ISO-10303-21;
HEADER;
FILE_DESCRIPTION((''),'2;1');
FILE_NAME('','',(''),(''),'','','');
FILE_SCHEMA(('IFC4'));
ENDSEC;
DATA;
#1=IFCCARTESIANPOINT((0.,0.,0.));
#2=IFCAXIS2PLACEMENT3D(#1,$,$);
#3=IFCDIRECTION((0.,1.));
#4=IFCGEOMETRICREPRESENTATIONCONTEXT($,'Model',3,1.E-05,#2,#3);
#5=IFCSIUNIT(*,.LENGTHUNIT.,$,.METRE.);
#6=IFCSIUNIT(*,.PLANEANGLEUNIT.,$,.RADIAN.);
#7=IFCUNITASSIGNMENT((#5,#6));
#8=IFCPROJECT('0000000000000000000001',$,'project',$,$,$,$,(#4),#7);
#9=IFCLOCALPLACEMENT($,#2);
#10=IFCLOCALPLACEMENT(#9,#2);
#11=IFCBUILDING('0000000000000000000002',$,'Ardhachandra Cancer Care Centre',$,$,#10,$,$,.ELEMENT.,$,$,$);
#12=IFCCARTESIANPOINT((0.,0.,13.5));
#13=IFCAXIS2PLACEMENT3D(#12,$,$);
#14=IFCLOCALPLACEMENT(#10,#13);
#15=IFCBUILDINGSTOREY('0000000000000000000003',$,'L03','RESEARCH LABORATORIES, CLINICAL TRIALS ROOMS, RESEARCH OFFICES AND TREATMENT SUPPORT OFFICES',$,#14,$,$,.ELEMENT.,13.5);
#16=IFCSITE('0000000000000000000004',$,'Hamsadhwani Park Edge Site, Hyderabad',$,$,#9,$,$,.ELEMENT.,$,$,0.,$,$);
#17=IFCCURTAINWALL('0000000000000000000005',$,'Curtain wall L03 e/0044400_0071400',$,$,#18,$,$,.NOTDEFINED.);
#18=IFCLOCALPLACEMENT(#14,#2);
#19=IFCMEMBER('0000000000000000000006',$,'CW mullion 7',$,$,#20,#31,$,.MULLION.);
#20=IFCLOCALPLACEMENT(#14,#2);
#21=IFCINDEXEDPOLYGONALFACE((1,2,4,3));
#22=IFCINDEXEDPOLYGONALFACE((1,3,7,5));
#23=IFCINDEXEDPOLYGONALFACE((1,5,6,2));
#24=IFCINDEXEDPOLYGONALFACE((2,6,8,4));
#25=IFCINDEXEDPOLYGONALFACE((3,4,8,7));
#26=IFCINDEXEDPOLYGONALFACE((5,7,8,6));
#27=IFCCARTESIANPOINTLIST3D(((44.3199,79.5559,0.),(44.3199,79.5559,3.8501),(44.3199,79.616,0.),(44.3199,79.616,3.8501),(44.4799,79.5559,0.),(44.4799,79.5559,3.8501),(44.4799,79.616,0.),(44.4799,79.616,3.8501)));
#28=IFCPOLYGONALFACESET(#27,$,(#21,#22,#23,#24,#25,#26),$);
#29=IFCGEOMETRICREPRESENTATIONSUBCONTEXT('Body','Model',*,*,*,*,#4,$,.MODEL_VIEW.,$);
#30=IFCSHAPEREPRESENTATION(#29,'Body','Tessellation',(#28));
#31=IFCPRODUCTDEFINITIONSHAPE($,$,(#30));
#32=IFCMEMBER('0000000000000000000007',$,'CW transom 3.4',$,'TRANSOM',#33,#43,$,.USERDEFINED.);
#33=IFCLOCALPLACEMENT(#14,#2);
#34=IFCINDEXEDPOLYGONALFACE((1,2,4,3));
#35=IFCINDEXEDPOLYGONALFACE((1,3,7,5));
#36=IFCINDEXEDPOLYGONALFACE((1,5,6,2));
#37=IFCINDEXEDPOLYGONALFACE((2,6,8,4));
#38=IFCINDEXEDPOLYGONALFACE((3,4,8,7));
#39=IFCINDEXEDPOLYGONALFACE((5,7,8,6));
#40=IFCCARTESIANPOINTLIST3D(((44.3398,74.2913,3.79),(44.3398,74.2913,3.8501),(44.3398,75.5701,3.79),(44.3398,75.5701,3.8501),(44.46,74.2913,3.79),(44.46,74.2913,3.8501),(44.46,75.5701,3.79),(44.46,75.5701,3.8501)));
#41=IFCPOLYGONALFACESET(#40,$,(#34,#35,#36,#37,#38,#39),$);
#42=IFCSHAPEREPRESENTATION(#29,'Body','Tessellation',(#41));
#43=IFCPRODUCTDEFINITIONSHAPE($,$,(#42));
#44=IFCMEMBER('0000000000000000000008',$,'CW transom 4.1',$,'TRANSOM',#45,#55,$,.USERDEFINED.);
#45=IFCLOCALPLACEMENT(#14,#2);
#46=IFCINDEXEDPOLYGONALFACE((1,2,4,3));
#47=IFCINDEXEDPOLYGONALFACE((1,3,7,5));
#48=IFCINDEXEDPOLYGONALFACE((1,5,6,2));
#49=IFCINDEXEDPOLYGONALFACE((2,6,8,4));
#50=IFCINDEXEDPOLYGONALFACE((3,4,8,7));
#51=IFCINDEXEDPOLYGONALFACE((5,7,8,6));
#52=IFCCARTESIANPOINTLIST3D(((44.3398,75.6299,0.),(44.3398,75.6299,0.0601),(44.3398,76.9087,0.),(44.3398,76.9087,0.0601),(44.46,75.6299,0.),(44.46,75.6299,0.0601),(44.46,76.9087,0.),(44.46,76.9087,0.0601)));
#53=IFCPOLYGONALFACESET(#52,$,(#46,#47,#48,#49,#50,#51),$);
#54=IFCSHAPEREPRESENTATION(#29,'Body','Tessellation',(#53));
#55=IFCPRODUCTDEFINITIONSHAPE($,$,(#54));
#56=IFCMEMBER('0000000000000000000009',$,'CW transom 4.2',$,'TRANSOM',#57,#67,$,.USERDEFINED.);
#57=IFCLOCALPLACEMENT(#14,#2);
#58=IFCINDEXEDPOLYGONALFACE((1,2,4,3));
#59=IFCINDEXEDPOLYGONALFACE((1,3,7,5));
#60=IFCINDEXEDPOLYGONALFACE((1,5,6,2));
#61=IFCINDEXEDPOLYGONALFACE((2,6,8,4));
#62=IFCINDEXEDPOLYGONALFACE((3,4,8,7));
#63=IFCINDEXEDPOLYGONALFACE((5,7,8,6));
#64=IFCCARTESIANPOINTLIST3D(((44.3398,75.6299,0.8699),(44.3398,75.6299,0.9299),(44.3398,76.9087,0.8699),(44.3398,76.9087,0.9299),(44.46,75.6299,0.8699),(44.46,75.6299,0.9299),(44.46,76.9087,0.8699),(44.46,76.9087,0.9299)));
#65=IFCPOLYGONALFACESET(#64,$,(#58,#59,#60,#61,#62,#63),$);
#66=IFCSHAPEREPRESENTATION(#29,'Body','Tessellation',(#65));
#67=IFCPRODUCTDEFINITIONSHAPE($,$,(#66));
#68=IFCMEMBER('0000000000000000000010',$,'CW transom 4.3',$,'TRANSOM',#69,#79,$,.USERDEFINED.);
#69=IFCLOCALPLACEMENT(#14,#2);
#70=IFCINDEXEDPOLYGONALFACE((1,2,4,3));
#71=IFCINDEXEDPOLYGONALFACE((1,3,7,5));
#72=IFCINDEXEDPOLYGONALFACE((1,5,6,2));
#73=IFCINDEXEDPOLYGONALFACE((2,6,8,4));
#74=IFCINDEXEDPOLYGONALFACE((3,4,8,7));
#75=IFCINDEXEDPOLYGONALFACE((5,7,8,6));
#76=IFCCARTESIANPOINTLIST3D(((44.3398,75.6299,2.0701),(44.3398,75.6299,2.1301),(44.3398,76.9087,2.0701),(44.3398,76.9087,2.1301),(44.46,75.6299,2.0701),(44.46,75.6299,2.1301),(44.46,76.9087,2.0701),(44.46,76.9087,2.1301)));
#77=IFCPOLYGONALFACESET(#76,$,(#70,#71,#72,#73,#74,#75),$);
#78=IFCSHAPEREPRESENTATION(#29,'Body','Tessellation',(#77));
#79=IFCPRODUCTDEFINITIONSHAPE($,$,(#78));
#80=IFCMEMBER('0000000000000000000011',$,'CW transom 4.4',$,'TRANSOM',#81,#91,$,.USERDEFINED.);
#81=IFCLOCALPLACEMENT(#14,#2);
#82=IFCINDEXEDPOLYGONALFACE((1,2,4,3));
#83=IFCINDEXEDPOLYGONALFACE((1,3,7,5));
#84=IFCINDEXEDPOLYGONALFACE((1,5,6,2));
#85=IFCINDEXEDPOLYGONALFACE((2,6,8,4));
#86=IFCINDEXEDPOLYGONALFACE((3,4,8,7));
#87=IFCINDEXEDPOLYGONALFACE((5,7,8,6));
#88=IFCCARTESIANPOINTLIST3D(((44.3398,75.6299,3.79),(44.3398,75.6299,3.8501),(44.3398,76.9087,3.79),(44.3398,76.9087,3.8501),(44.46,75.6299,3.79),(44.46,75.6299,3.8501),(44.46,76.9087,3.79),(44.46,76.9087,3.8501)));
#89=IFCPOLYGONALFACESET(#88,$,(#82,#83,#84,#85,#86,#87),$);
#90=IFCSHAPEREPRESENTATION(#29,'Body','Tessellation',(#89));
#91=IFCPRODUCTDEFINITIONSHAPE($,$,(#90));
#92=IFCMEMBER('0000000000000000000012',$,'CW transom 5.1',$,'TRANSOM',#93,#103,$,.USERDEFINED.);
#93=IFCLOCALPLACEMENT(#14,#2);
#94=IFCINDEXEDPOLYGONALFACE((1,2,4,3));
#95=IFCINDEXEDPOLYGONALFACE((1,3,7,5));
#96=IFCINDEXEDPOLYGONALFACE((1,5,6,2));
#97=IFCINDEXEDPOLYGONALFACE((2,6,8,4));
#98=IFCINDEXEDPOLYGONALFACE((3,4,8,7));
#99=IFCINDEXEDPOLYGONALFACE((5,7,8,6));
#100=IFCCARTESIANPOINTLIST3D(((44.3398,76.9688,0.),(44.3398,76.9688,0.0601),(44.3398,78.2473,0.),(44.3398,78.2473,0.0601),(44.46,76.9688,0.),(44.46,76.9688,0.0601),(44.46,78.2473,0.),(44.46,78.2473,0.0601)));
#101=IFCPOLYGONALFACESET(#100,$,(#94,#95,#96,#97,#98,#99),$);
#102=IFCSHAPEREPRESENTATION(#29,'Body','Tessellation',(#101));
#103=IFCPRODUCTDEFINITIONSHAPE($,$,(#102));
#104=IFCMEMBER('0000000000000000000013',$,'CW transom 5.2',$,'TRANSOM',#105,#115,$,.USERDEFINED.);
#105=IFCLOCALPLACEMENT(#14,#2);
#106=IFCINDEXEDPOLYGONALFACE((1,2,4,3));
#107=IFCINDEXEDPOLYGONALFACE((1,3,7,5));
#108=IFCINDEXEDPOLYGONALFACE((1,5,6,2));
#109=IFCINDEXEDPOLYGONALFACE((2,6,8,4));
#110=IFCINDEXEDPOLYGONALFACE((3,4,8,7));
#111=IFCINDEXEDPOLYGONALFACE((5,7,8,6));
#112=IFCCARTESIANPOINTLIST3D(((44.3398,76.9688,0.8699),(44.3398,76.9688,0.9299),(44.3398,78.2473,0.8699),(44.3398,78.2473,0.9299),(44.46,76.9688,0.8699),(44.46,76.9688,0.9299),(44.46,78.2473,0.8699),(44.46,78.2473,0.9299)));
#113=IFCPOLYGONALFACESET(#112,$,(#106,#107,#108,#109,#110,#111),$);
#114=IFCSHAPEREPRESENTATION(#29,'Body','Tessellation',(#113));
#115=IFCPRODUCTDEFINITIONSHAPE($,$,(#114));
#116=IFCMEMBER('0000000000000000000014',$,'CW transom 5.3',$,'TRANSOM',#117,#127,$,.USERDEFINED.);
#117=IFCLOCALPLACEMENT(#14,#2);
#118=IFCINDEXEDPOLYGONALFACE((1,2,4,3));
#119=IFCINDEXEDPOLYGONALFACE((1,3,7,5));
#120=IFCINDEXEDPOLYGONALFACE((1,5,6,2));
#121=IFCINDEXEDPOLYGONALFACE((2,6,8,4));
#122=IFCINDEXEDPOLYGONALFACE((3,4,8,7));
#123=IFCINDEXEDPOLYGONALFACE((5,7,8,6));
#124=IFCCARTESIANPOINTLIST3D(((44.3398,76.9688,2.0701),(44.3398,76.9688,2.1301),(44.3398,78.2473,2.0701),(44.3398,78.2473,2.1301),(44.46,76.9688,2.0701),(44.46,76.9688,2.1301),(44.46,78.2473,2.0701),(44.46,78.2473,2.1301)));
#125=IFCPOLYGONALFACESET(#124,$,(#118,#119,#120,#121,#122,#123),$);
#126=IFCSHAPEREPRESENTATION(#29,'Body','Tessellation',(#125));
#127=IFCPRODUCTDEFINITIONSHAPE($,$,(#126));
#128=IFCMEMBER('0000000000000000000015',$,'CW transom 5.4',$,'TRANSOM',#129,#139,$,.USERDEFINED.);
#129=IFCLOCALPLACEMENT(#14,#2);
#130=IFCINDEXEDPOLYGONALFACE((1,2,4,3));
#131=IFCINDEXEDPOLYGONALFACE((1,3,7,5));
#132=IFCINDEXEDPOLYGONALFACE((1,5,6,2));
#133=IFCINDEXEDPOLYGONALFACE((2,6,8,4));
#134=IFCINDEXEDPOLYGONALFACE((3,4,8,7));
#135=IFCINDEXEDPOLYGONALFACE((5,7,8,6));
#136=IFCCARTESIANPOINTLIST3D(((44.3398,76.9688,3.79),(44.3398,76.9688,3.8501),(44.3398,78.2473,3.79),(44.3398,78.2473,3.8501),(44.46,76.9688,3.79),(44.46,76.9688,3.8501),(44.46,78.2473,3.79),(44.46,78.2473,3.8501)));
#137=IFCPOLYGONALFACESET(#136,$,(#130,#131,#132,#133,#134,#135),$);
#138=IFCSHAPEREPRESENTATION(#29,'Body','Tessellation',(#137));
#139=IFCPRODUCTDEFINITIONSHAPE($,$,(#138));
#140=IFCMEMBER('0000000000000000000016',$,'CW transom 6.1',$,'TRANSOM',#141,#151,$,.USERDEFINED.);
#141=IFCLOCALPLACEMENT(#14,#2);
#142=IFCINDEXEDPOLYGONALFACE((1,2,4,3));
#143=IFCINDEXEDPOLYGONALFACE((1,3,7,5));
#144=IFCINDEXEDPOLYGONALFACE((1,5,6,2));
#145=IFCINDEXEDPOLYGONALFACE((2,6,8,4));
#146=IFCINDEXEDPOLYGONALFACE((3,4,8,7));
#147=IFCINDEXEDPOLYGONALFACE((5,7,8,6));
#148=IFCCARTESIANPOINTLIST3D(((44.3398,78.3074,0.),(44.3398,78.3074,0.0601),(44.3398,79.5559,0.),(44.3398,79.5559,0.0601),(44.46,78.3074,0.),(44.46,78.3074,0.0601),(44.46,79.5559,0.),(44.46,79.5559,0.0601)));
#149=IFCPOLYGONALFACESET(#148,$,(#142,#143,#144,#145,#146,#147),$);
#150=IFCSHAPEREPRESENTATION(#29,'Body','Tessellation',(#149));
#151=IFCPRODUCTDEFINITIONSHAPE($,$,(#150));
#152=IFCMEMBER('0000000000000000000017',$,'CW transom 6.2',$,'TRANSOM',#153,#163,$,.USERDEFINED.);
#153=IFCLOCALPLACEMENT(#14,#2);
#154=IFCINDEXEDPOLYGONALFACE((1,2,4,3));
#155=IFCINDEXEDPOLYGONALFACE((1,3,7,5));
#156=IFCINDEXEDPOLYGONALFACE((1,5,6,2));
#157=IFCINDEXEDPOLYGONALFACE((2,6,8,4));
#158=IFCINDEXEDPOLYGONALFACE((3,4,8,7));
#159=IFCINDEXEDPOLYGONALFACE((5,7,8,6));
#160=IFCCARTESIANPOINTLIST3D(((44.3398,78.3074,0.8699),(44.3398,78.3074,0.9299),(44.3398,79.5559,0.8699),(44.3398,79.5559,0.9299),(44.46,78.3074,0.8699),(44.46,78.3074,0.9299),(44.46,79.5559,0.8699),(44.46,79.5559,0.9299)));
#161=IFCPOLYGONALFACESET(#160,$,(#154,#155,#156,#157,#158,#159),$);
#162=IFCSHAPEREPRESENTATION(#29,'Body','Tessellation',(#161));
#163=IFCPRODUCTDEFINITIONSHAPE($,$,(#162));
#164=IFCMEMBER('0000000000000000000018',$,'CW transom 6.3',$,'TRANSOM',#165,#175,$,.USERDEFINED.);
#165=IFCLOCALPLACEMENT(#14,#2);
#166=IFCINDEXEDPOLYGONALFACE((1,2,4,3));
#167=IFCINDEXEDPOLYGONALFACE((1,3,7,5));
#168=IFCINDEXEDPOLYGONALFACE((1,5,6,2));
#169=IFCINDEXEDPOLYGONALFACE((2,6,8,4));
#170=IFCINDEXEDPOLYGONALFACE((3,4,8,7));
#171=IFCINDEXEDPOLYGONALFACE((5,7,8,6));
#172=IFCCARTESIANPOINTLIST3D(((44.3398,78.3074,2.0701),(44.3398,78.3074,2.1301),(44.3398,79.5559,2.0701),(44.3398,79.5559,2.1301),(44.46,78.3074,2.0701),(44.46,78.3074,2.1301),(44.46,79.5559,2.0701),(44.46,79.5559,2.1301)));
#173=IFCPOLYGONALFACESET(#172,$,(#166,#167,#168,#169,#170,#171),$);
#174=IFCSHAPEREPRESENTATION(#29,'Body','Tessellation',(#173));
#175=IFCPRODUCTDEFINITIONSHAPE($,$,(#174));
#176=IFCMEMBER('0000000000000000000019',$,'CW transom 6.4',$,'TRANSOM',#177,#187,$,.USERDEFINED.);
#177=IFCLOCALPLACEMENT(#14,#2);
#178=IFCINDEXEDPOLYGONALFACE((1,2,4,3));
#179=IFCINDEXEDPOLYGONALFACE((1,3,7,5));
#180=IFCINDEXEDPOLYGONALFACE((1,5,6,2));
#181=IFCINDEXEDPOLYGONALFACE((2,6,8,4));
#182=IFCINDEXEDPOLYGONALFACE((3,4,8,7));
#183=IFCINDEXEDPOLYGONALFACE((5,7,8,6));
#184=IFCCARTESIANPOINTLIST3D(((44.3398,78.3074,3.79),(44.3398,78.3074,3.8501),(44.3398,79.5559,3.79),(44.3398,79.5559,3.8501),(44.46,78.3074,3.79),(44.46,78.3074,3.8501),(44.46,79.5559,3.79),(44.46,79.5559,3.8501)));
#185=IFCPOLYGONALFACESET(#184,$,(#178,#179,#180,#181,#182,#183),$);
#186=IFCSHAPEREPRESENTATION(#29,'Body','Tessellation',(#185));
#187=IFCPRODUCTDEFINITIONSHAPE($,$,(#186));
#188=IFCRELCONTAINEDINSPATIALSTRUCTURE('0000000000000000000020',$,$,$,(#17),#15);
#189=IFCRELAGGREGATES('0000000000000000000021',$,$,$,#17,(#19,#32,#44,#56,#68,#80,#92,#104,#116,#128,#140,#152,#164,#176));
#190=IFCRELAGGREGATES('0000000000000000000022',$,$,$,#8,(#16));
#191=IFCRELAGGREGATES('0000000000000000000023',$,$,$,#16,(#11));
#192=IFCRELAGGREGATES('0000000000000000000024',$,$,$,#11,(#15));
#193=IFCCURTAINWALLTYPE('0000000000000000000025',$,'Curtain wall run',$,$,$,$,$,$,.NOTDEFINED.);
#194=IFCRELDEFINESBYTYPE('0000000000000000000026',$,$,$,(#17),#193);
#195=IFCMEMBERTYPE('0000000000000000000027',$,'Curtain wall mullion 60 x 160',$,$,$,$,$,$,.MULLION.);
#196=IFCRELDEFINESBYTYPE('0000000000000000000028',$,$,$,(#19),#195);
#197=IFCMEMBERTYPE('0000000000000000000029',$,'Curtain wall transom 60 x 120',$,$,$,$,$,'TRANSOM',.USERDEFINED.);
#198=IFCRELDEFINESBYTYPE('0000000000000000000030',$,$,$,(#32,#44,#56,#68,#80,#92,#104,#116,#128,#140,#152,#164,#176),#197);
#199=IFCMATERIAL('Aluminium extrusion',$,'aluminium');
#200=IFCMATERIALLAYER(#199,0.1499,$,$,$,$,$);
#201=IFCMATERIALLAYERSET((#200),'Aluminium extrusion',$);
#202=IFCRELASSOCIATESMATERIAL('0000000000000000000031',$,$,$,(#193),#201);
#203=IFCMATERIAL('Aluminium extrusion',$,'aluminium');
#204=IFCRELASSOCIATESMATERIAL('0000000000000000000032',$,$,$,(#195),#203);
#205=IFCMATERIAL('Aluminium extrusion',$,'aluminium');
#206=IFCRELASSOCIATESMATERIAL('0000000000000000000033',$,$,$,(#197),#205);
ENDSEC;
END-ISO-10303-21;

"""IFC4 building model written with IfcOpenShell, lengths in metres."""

from ifc_helpers import new_model, si_unit, direction, frame, origin, origin_2d, place, context, subcontext, project, spatial, rectangle, extrude, material, layer, layer_set, material_profile, profile_set, type_object, element, aggregate, save


model = new_model("IFC4")

# Units and contexts
model_context = context("Model", 3, precision=1e-05, world=origin(), true_north=direction((0.0, 1.0)))
body_context = subcontext(model_context, "Body", "Model", "MODEL_VIEW")
ifc_project = project(units=[si_unit("LENGTHUNIT", "METRE"), si_unit("PLANEANGLEUNIT", "RADIAN")], contexts=[model_context])

# Site, building, storey
site_placement = place(None, origin())
site = spatial("IfcSite", under=ifc_project, at=site_placement, Name="Hamsadhwani Park Edge Site, Hyderabad", CompositionType="ELEMENT", RefElevation=0.0)
building_placement = place(site_placement, origin())
building = spatial("IfcBuilding", under=site, at=building_placement, Name="Ardhachandra Cancer Care Centre", CompositionType="ELEMENT")
storey_placement = place(building_placement, frame((0.0, 0.0, 13.5)))
storey = spatial("IfcBuildingStorey", under=building, at=storey_placement, Name="L03", Description="RESEARCH LABORATORIES, CLINICAL TRIALS ROOMS, RESEARCH OFFICES AND TREATMENT SUPPORT OFFICES", CompositionType="ELEMENT", Elevation=13.5)

# Curtain wall, members
ifc_material_1 = material(Name="Aluminium extrusion", Category="aluminium")
ifc_layer_1 = layer(ifc_material_1, 0.1499)
ifc_layer_set_1 = layer_set([ifc_layer_1], Name="Aluminium extrusion")
curtain_wall_type = type_object("IfcCurtainWallType", Name="Curtain wall run", PredefinedType="NOTDEFINED", material=ifc_layer_set_1)
curtain_wall_placement = place(storey_placement, origin())
curtain_wall = element("IfcCurtainWall", 1, at=curtain_wall_placement, inside=storey, type_object=curtain_wall_type, Name="Curtain wall L03 e/0044400_0071400", PredefinedType="NOTDEFINED")
ifc_material_2 = material(Name="Aluminium extrusion", Category="aluminium")
ifc_material_profile_1 = material_profile(ifc_material_2, rectangle(XDim=0.1599, YDim=0.0601, at=origin_2d()), Name="Curtain wall mullion 60 x 160")
ifc_profile_set_1 = profile_set([ifc_material_profile_1], Name="Aluminium extrusion")
member_type_1 = type_object("IfcMemberType", Name="Curtain wall mullion 60 x 160", PredefinedType="MULLION", material=ifc_profile_set_1)
member_1_placement = place(storey_placement, frame((44.3999, 79.5859, 0.0), z_axis=(0.0, 0.0, 1.0), x_axis=(-1.0, 0.0, 0.0)))
member_1 = element("IfcMember", 2, at=member_1_placement, type_object=member_type_1, Name="CW mullion 7", PredefinedType="MULLION", context=body_context, shape_type="SweptSolid", body=[
    extrude(rectangle(XDim=0.1599, YDim=0.0601, at=origin_2d()), origin(), (0.0, 0.0, 1.0), 3.8501),
])
ifc_material_3 = material(Name="Aluminium extrusion", Category="aluminium")
ifc_material_profile_2 = material_profile(ifc_material_3, rectangle(XDim=0.1201, YDim=0.0601, at=origin_2d()), Name="Curtain wall transom 60 x 120")
ifc_profile_set_2 = profile_set([ifc_material_profile_2], Name="Aluminium extrusion")
member_type_2 = type_object("IfcMemberType", Name="Curtain wall transom 60 x 120", ElementType="TRANSOM", PredefinedType="USERDEFINED", material=ifc_profile_set_2)
member_2_placement = place(storey_placement, frame((44.3999, 74.2913, 3.8201), z_axis=(0.0, 1.0, 0.0), x_axis=(-1.0, 0.0, 0.0)))
member_2 = element("IfcMember", 3, at=member_2_placement, type_object=member_type_2, Name="CW transom 3.4", ObjectType="TRANSOM", PredefinedType="USERDEFINED", context=body_context, shape_type="SweptSolid", body=[
    extrude(rectangle(XDim=0.1201, YDim=0.0601, at=origin_2d()), origin(), (0.0, 0.0, 1.0), 1.2788),
])
member_3_placement = place(storey_placement, frame((44.3999, 75.6299, 0.03), z_axis=(0.0, 1.0, 0.0), x_axis=(-1.0, 0.0, 0.0)))
member_3 = element("IfcMember", 4, at=member_3_placement, type_object=member_type_2, Name="CW transom 4.1", ObjectType="TRANSOM", PredefinedType="USERDEFINED", context=body_context, shape_type="SweptSolid", body=[
    extrude(rectangle(XDim=0.1201, YDim=0.0601, at=origin_2d()), origin(), (0.0, 0.0, 1.0), 1.2788),
])
member_4_placement = place(storey_placement, frame((44.3999, 75.6299, 0.8999), z_axis=(0.0, 1.0, 0.0), x_axis=(-1.0, 0.0, 0.0)))
member_4 = element("IfcMember", 5, at=member_4_placement, type_object=member_type_2, Name="CW transom 4.2", ObjectType="TRANSOM", PredefinedType="USERDEFINED", context=body_context, shape_type="SweptSolid", body=[
    extrude(rectangle(XDim=0.1201, YDim=0.0601, at=origin_2d()), origin(), (0.0, 0.0, 1.0), 1.2788),
])
member_5_placement = place(storey_placement, frame((44.3999, 75.6299, 2.1001), z_axis=(0.0, 1.0, 0.0), x_axis=(-1.0, 0.0, 0.0)))
member_5 = element("IfcMember", 6, at=member_5_placement, type_object=member_type_2, Name="CW transom 4.3", ObjectType="TRANSOM", PredefinedType="USERDEFINED", context=body_context, shape_type="SweptSolid", body=[
    extrude(rectangle(XDim=0.1201, YDim=0.0601, at=origin_2d()), origin(), (0.0, 0.0, 1.0), 1.2788),
])
member_6_placement = place(storey_placement, frame((44.3999, 75.6299, 3.8201), z_axis=(0.0, 1.0, 0.0), x_axis=(-1.0, 0.0, 0.0)))
member_6 = element("IfcMember", 7, at=member_6_placement, type_object=member_type_2, Name="CW transom 4.4", ObjectType="TRANSOM", PredefinedType="USERDEFINED", context=body_context, shape_type="SweptSolid", body=[
    extrude(rectangle(XDim=0.1201, YDim=0.0601, at=origin_2d()), origin(), (0.0, 0.0, 1.0), 1.2788),
])
member_7_placement = place(storey_placement, frame((44.3999, 76.9688, 0.03), z_axis=(0.0, 1.0, 0.0), x_axis=(-1.0, 0.0, 0.0)))
member_7 = element("IfcMember", 8, at=member_7_placement, type_object=member_type_2, Name="CW transom 5.1", ObjectType="TRANSOM", PredefinedType="USERDEFINED", context=body_context, shape_type="SweptSolid", body=[
    extrude(rectangle(XDim=0.1201, YDim=0.0601, at=origin_2d()), origin(), (0.0, 0.0, 1.0), 1.2786),
])
member_8_placement = place(storey_placement, frame((44.3999, 76.9688, 0.8999), z_axis=(0.0, 1.0, 0.0), x_axis=(-1.0, 0.0, 0.0)))
member_8 = element("IfcMember", 9, at=member_8_placement, type_object=member_type_2, Name="CW transom 5.2", ObjectType="TRANSOM", PredefinedType="USERDEFINED", context=body_context, shape_type="SweptSolid", body=[
    extrude(rectangle(XDim=0.1201, YDim=0.0601, at=origin_2d()), origin(), (0.0, 0.0, 1.0), 1.2786),
])
member_9_placement = place(storey_placement, frame((44.3999, 76.9688, 2.1001), z_axis=(0.0, 1.0, 0.0), x_axis=(-1.0, 0.0, 0.0)))
member_9 = element("IfcMember", 10, at=member_9_placement, type_object=member_type_2, Name="CW transom 5.3", ObjectType="TRANSOM", PredefinedType="USERDEFINED", context=body_context, shape_type="SweptSolid", body=[
    extrude(rectangle(XDim=0.1201, YDim=0.0601, at=origin_2d()), origin(), (0.0, 0.0, 1.0), 1.2786),
])
member_10_placement = place(storey_placement, frame((44.3999, 76.9688, 3.8201), z_axis=(0.0, 1.0, 0.0), x_axis=(-1.0, 0.0, 0.0)))
member_10 = element("IfcMember", 11, at=member_10_placement, type_object=member_type_2, Name="CW transom 5.4", ObjectType="TRANSOM", PredefinedType="USERDEFINED", context=body_context, shape_type="SweptSolid", body=[
    extrude(rectangle(XDim=0.1201, YDim=0.0601, at=origin_2d()), origin(), (0.0, 0.0, 1.0), 1.2786),
])
member_11_placement = place(storey_placement, frame((44.3999, 78.3074, 0.03), z_axis=(0.0, 1.0, 0.0), x_axis=(-1.0, 0.0, 0.0)))
member_11 = element("IfcMember", 12, at=member_11_placement, type_object=member_type_2, Name="CW transom 6.1", ObjectType="TRANSOM", PredefinedType="USERDEFINED", context=body_context, shape_type="SweptSolid", body=[
    extrude(rectangle(XDim=0.1201, YDim=0.0601, at=origin_2d()), origin(), (0.0, 0.0, 1.0), 1.2485),
])
member_12_placement = place(storey_placement, frame((44.3999, 78.3074, 0.8999), z_axis=(0.0, 1.0, 0.0), x_axis=(-1.0, 0.0, 0.0)))
member_12 = element("IfcMember", 13, at=member_12_placement, type_object=member_type_2, Name="CW transom 6.2", ObjectType="TRANSOM", PredefinedType="USERDEFINED", context=body_context, shape_type="SweptSolid", body=[
    extrude(rectangle(XDim=0.1201, YDim=0.0601, at=origin_2d()), origin(), (0.0, 0.0, 1.0), 1.2485),
])
member_13_placement = place(storey_placement, frame((44.3999, 78.3074, 2.1001), z_axis=(0.0, 1.0, 0.0), x_axis=(-1.0, 0.0, 0.0)))
member_13 = element("IfcMember", 14, at=member_13_placement, type_object=member_type_2, Name="CW transom 6.3", ObjectType="TRANSOM", PredefinedType="USERDEFINED", context=body_context, shape_type="SweptSolid", body=[
    extrude(rectangle(XDim=0.1201, YDim=0.0601, at=origin_2d()), origin(), (0.0, 0.0, 1.0), 1.2485),
])
member_14_placement = place(storey_placement, frame((44.3999, 78.3074, 3.8201), z_axis=(0.0, 1.0, 0.0), x_axis=(-1.0, 0.0, 0.0)))
member_14 = element("IfcMember", 15, at=member_14_placement, type_object=member_type_2, Name="CW transom 6.4", ObjectType="TRANSOM", PredefinedType="USERDEFINED", context=body_context, shape_type="SweptSolid", body=[
    extrude(rectangle(XDim=0.1201, YDim=0.0601, at=origin_2d()), origin(), (0.0, 0.0, 1.0), 1.2485),
])
aggregate(curtain_wall, [member_1, member_2, member_3, member_4, member_5, member_6, member_7, member_8, member_9, member_10, member_11, member_12, member_13, member_14])

save(model, "model.ifc")
